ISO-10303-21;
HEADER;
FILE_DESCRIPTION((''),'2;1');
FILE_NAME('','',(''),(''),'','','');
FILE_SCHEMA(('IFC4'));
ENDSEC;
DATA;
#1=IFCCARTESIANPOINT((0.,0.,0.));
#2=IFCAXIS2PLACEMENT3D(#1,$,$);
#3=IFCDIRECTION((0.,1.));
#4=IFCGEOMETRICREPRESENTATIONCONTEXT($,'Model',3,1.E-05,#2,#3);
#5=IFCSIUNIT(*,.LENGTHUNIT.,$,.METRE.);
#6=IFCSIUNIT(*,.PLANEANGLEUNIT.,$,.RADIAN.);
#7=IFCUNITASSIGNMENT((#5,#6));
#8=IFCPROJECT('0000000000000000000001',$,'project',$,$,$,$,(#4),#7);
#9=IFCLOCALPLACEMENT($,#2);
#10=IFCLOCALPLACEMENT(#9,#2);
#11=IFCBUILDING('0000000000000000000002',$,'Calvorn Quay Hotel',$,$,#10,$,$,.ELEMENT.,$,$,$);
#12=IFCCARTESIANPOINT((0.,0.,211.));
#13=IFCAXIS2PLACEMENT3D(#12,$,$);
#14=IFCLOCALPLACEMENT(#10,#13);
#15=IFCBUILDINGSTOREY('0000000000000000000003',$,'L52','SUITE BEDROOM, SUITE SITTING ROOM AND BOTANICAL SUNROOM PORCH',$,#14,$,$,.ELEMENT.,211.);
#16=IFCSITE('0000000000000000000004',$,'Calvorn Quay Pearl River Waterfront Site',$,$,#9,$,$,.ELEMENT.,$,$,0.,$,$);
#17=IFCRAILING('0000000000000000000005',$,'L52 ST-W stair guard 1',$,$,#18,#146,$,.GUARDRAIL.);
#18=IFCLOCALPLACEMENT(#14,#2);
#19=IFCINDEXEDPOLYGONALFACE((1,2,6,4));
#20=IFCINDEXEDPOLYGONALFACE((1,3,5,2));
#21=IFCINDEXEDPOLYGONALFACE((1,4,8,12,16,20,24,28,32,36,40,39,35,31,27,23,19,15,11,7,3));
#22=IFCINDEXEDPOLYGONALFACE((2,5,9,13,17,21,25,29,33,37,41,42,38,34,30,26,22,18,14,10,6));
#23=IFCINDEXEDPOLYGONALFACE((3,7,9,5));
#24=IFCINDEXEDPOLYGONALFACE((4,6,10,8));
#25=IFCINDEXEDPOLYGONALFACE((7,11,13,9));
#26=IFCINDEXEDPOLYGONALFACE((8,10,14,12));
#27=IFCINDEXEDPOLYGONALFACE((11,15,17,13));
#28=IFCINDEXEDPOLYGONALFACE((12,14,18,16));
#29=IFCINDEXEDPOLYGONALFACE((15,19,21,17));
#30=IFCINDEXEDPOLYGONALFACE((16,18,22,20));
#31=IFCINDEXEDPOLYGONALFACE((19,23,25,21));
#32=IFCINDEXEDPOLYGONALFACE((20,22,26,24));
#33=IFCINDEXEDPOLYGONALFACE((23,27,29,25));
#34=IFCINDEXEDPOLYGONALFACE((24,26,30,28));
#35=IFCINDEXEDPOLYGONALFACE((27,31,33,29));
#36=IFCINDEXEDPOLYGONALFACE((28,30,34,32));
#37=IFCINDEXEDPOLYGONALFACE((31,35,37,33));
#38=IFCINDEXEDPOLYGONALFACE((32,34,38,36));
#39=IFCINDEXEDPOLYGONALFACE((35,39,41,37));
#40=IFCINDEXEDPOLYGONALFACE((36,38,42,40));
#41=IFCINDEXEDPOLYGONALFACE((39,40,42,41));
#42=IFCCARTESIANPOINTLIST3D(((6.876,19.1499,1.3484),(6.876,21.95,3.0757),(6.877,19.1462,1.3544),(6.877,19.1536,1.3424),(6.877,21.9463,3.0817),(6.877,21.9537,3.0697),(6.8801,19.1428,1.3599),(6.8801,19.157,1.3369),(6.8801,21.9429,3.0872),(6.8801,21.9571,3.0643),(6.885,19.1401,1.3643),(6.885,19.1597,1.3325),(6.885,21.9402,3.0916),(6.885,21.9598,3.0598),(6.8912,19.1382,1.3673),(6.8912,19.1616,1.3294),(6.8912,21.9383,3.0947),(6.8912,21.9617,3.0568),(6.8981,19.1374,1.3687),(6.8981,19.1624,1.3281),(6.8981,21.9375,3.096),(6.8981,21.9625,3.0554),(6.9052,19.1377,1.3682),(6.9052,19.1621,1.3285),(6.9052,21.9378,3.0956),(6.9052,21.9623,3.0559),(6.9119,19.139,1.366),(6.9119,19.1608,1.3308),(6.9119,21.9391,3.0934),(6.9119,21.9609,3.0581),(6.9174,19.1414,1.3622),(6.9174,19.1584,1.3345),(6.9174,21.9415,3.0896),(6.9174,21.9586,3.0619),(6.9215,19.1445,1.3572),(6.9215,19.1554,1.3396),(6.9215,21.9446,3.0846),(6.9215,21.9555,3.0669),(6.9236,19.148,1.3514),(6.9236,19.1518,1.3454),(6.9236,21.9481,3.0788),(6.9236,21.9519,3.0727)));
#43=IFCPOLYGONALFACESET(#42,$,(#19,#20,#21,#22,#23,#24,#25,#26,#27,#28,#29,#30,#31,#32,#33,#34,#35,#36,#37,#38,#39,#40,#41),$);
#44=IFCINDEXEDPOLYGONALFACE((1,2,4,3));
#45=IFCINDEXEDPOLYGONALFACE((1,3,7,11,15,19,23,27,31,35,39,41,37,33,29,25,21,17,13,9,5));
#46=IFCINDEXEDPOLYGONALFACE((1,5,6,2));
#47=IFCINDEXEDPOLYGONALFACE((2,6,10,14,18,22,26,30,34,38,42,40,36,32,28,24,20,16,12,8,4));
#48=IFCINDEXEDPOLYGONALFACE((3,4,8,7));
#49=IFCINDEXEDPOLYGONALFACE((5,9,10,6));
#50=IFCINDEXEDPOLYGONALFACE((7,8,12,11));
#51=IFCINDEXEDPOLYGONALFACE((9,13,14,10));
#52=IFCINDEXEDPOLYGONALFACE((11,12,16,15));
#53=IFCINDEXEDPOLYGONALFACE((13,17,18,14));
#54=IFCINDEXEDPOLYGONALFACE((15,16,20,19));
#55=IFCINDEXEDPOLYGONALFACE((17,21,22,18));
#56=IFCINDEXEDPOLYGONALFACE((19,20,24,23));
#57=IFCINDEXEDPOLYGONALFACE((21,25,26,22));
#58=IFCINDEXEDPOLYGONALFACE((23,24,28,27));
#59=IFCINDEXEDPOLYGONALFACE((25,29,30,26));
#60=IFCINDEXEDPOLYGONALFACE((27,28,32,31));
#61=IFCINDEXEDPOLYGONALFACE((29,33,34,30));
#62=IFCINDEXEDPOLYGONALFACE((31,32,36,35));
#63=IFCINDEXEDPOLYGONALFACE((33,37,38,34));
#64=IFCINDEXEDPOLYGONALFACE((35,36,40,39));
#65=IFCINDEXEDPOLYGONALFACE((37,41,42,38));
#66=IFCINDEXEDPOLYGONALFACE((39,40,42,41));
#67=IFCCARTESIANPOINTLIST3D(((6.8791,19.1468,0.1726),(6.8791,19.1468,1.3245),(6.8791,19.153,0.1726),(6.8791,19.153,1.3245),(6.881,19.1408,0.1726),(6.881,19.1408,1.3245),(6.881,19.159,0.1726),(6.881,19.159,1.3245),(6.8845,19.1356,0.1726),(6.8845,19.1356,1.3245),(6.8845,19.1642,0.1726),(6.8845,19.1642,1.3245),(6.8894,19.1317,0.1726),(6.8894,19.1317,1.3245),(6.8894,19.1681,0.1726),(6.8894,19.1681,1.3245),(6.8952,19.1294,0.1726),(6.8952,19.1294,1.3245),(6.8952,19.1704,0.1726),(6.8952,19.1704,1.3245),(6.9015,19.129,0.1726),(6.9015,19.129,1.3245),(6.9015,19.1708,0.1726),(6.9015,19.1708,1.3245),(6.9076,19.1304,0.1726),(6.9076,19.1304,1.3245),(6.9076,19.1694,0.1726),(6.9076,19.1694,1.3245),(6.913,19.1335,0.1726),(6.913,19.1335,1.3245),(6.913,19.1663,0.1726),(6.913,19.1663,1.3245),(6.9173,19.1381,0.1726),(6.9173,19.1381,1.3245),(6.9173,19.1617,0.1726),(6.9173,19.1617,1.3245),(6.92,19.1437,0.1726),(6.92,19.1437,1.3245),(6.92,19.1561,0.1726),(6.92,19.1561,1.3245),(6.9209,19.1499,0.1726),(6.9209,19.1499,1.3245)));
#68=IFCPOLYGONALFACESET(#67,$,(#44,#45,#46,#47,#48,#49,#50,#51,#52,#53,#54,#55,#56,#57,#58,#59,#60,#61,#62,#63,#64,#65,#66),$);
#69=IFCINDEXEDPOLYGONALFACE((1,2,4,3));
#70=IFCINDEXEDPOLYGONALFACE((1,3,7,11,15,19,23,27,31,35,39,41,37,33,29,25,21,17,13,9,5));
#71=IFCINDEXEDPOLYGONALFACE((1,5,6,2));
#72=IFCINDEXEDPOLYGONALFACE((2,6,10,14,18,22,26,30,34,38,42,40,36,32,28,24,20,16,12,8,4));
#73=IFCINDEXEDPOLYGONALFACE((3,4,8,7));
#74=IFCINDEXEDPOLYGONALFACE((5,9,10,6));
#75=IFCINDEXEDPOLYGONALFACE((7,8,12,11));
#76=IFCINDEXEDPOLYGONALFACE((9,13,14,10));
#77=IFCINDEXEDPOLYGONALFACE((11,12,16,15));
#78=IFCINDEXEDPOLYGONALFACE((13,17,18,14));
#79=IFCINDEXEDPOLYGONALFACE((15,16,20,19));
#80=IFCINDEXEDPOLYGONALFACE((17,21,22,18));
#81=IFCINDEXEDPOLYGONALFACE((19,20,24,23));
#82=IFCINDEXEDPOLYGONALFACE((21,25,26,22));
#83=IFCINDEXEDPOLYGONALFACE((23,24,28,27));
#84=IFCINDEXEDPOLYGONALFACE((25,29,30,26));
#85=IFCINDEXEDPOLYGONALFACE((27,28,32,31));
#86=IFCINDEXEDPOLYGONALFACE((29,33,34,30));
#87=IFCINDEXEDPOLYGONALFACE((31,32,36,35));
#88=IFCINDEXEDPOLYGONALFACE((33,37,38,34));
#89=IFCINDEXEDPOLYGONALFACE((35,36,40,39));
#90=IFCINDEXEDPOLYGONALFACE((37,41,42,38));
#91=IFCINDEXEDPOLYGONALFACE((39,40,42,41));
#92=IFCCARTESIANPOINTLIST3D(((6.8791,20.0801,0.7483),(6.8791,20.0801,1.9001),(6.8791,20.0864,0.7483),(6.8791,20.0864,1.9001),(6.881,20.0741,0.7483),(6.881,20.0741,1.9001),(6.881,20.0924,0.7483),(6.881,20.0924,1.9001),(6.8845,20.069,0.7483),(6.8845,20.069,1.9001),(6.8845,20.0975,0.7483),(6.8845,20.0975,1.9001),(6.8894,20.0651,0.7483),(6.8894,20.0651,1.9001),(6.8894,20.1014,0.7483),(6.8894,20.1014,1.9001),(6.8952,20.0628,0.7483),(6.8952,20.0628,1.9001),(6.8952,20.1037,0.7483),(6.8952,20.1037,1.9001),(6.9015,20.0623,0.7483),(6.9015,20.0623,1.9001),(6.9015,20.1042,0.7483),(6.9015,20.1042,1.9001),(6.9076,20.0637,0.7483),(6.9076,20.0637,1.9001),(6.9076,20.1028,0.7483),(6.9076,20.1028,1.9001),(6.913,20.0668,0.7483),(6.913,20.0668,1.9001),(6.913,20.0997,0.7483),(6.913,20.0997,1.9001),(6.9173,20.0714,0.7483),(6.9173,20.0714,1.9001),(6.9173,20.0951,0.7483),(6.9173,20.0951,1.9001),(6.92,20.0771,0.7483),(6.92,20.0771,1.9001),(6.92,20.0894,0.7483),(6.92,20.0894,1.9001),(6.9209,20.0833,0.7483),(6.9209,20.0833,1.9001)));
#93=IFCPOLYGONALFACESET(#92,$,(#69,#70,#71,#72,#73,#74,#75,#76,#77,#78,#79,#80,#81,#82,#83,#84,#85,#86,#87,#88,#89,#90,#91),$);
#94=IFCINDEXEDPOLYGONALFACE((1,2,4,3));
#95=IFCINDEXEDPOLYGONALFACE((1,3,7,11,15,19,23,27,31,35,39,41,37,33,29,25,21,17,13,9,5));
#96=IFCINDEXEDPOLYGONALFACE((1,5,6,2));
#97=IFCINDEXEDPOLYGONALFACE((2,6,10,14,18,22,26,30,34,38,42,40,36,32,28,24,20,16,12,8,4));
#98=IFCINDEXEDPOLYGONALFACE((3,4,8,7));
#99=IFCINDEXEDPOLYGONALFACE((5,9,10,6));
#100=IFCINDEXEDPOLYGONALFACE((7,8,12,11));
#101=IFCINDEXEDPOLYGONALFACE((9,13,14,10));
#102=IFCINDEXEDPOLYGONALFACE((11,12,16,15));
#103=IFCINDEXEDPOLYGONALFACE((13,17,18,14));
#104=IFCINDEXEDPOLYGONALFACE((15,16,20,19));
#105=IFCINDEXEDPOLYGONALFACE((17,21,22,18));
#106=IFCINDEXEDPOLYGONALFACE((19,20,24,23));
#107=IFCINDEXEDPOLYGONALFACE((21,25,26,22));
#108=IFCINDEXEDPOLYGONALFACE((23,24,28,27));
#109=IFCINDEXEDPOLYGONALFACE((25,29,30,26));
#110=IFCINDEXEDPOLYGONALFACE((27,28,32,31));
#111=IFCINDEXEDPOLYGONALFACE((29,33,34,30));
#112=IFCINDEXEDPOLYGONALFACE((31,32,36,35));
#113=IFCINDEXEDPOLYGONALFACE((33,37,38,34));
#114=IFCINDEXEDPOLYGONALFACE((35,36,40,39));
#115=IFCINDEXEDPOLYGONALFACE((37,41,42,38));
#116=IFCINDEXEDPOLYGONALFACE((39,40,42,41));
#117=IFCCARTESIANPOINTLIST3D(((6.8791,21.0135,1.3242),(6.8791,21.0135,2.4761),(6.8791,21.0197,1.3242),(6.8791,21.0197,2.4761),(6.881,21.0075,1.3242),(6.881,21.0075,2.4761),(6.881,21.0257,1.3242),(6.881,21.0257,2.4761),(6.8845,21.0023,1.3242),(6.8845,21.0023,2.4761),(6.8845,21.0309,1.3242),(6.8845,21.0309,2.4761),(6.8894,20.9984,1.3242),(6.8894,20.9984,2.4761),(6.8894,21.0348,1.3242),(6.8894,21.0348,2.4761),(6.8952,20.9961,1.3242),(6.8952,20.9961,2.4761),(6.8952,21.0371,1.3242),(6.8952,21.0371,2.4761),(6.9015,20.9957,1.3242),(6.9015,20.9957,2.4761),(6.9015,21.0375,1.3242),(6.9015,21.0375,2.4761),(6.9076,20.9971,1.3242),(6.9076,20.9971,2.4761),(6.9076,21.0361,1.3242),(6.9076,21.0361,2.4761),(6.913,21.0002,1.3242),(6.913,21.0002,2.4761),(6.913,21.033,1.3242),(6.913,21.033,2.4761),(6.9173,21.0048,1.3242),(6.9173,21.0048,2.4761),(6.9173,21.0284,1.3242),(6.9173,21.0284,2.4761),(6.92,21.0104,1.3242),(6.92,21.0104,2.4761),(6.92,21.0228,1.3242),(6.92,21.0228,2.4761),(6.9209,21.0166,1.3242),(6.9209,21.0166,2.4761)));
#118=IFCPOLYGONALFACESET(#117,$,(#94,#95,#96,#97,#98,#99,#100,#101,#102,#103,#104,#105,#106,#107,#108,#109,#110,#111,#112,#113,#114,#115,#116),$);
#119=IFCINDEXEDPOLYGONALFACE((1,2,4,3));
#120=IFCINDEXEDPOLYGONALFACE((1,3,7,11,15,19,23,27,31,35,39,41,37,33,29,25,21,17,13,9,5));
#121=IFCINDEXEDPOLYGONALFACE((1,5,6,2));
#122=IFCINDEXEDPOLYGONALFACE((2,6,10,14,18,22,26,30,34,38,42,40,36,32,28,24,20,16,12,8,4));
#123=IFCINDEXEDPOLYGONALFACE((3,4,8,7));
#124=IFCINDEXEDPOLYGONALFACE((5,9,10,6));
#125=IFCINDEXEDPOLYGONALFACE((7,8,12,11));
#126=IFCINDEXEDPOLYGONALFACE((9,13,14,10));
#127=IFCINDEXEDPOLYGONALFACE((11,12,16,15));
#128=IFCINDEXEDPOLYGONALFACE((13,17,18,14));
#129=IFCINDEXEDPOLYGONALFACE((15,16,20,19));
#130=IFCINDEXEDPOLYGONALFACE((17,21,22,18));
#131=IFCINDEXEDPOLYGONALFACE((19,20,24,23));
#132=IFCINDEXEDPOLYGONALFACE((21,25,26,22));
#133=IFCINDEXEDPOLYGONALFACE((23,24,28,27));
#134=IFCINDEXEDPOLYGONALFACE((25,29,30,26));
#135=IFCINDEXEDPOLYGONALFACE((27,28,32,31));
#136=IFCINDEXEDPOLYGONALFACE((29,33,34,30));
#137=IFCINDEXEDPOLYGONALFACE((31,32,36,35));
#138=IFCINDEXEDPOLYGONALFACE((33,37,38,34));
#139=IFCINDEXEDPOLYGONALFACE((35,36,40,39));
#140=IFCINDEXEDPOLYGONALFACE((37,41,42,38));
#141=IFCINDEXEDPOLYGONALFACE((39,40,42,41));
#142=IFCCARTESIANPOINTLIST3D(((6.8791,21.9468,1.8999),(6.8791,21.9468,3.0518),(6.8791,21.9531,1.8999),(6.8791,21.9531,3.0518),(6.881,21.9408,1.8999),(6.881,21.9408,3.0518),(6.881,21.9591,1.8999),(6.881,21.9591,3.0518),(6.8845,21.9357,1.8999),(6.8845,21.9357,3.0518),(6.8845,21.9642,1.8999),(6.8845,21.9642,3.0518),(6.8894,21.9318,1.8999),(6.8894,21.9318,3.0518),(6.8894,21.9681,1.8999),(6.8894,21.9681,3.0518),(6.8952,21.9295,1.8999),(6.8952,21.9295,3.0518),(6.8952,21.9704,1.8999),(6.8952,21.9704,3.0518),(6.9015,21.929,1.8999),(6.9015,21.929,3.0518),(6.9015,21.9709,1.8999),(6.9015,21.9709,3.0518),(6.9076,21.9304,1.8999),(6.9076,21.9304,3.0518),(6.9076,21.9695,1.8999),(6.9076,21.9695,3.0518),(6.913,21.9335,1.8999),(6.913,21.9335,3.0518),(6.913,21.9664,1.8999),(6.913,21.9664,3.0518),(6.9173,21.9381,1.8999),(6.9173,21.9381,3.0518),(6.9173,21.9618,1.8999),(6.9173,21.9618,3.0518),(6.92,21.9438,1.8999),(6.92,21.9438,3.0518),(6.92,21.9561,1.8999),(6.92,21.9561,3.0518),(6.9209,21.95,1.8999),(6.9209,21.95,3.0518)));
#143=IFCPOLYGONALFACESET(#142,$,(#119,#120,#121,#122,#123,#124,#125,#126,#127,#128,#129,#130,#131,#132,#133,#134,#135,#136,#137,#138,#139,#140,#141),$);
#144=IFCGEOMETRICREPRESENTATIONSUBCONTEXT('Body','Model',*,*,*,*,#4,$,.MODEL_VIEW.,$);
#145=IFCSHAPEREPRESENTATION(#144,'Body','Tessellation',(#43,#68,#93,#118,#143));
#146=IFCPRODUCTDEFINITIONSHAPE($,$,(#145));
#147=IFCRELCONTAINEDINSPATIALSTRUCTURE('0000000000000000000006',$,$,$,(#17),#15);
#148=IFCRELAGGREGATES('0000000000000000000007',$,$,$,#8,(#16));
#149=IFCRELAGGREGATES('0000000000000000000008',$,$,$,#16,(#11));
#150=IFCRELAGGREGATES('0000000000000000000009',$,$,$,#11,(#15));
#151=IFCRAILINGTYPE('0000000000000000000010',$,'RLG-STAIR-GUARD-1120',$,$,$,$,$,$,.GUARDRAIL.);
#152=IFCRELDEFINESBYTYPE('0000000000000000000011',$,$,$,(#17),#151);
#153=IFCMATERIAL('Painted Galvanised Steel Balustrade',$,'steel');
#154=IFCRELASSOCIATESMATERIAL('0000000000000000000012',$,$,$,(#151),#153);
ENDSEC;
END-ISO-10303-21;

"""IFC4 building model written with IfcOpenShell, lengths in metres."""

from ifc_helpers import new_model, si_unit, direction, frame, origin, origin_2d, place, context, subcontext, project, spatial, circle, extrude, material, type_object, element, save


model = new_model("IFC4")

# Units and contexts
model_context = context("Model", 3, precision=1e-05, world=origin(), true_north=direction((0.0, 1.0)))
body_context = subcontext(model_context, "Body", "Model", "MODEL_VIEW")
ifc_project = project(units=[si_unit("LENGTHUNIT", "METRE"), si_unit("PLANEANGLEUNIT", "RADIAN")], contexts=[model_context])

# Site, building, storey
site_placement = place(None, origin())
site = spatial("IfcSite", under=ifc_project, at=site_placement, Name="Calvorn Quay Pearl River Waterfront Site", CompositionType="ELEMENT", RefElevation=0.0)
building_placement = place(site_placement, origin())
building = spatial("IfcBuilding", under=site, at=building_placement, Name="Calvorn Quay Hotel", CompositionType="ELEMENT")
storey_placement = place(building_placement, frame((0.0, 0.0, 211.0)))
storey = spatial("IfcBuildingStorey", under=building, at=storey_placement, Name="L52", Description="SUITE BEDROOM, SUITE SITTING ROOM AND BOTANICAL SUNROOM PORCH", CompositionType="ELEMENT", Elevation=211.0)

# Railing
ifc_material_1 = material(Name="Painted Galvanised Steel Balustrade", Category="steel")
railing_type_1 = type_object("IfcRailingType", Name="RLG-STAIR-GUARD-1120", PredefinedType="GUARDRAIL", material=ifc_material_1)
railing_1_placement = place(storey_placement, frame((6.8999, 19.1499, 0.1726)))
element("IfcRailing", 1, at=railing_1_placement, inside=storey, type_object=railing_type_1, Name="L52 ST-W stair guard 1", PredefinedType="GUARDRAIL", context=body_context, shape_type="SweptSolid", body=[
    extrude(circle(Radius=0.0239, at=origin_2d()), frame((0.0, 0.0, 1.1758), z_axis=(0.0, 0.85109, 0.52502), x_axis=(-1.0, 0.0, 0.0)), (0.0, 0.0, 1.0), 3.29),
    extrude(circle(Radius=0.021, at=origin_2d()), origin(), (0.0, 0.0, 1.0), 1.1519),
    extrude(circle(Radius=0.021, at=origin_2d()), frame((0.0, 0.9333, 0.5757)), (0.0, 0.0, 1.0), 1.1519),
    extrude(circle(Radius=0.021, at=origin_2d()), frame((0.0, 1.8667, 1.1516)), (0.0, 0.0, 1.0), 1.1519),
    extrude(circle(Radius=0.021, at=origin_2d()), frame((0.0, 2.8, 1.7273)), (0.0, 0.0, 1.0), 1.1519),
])

save(model, "model.ifc")
